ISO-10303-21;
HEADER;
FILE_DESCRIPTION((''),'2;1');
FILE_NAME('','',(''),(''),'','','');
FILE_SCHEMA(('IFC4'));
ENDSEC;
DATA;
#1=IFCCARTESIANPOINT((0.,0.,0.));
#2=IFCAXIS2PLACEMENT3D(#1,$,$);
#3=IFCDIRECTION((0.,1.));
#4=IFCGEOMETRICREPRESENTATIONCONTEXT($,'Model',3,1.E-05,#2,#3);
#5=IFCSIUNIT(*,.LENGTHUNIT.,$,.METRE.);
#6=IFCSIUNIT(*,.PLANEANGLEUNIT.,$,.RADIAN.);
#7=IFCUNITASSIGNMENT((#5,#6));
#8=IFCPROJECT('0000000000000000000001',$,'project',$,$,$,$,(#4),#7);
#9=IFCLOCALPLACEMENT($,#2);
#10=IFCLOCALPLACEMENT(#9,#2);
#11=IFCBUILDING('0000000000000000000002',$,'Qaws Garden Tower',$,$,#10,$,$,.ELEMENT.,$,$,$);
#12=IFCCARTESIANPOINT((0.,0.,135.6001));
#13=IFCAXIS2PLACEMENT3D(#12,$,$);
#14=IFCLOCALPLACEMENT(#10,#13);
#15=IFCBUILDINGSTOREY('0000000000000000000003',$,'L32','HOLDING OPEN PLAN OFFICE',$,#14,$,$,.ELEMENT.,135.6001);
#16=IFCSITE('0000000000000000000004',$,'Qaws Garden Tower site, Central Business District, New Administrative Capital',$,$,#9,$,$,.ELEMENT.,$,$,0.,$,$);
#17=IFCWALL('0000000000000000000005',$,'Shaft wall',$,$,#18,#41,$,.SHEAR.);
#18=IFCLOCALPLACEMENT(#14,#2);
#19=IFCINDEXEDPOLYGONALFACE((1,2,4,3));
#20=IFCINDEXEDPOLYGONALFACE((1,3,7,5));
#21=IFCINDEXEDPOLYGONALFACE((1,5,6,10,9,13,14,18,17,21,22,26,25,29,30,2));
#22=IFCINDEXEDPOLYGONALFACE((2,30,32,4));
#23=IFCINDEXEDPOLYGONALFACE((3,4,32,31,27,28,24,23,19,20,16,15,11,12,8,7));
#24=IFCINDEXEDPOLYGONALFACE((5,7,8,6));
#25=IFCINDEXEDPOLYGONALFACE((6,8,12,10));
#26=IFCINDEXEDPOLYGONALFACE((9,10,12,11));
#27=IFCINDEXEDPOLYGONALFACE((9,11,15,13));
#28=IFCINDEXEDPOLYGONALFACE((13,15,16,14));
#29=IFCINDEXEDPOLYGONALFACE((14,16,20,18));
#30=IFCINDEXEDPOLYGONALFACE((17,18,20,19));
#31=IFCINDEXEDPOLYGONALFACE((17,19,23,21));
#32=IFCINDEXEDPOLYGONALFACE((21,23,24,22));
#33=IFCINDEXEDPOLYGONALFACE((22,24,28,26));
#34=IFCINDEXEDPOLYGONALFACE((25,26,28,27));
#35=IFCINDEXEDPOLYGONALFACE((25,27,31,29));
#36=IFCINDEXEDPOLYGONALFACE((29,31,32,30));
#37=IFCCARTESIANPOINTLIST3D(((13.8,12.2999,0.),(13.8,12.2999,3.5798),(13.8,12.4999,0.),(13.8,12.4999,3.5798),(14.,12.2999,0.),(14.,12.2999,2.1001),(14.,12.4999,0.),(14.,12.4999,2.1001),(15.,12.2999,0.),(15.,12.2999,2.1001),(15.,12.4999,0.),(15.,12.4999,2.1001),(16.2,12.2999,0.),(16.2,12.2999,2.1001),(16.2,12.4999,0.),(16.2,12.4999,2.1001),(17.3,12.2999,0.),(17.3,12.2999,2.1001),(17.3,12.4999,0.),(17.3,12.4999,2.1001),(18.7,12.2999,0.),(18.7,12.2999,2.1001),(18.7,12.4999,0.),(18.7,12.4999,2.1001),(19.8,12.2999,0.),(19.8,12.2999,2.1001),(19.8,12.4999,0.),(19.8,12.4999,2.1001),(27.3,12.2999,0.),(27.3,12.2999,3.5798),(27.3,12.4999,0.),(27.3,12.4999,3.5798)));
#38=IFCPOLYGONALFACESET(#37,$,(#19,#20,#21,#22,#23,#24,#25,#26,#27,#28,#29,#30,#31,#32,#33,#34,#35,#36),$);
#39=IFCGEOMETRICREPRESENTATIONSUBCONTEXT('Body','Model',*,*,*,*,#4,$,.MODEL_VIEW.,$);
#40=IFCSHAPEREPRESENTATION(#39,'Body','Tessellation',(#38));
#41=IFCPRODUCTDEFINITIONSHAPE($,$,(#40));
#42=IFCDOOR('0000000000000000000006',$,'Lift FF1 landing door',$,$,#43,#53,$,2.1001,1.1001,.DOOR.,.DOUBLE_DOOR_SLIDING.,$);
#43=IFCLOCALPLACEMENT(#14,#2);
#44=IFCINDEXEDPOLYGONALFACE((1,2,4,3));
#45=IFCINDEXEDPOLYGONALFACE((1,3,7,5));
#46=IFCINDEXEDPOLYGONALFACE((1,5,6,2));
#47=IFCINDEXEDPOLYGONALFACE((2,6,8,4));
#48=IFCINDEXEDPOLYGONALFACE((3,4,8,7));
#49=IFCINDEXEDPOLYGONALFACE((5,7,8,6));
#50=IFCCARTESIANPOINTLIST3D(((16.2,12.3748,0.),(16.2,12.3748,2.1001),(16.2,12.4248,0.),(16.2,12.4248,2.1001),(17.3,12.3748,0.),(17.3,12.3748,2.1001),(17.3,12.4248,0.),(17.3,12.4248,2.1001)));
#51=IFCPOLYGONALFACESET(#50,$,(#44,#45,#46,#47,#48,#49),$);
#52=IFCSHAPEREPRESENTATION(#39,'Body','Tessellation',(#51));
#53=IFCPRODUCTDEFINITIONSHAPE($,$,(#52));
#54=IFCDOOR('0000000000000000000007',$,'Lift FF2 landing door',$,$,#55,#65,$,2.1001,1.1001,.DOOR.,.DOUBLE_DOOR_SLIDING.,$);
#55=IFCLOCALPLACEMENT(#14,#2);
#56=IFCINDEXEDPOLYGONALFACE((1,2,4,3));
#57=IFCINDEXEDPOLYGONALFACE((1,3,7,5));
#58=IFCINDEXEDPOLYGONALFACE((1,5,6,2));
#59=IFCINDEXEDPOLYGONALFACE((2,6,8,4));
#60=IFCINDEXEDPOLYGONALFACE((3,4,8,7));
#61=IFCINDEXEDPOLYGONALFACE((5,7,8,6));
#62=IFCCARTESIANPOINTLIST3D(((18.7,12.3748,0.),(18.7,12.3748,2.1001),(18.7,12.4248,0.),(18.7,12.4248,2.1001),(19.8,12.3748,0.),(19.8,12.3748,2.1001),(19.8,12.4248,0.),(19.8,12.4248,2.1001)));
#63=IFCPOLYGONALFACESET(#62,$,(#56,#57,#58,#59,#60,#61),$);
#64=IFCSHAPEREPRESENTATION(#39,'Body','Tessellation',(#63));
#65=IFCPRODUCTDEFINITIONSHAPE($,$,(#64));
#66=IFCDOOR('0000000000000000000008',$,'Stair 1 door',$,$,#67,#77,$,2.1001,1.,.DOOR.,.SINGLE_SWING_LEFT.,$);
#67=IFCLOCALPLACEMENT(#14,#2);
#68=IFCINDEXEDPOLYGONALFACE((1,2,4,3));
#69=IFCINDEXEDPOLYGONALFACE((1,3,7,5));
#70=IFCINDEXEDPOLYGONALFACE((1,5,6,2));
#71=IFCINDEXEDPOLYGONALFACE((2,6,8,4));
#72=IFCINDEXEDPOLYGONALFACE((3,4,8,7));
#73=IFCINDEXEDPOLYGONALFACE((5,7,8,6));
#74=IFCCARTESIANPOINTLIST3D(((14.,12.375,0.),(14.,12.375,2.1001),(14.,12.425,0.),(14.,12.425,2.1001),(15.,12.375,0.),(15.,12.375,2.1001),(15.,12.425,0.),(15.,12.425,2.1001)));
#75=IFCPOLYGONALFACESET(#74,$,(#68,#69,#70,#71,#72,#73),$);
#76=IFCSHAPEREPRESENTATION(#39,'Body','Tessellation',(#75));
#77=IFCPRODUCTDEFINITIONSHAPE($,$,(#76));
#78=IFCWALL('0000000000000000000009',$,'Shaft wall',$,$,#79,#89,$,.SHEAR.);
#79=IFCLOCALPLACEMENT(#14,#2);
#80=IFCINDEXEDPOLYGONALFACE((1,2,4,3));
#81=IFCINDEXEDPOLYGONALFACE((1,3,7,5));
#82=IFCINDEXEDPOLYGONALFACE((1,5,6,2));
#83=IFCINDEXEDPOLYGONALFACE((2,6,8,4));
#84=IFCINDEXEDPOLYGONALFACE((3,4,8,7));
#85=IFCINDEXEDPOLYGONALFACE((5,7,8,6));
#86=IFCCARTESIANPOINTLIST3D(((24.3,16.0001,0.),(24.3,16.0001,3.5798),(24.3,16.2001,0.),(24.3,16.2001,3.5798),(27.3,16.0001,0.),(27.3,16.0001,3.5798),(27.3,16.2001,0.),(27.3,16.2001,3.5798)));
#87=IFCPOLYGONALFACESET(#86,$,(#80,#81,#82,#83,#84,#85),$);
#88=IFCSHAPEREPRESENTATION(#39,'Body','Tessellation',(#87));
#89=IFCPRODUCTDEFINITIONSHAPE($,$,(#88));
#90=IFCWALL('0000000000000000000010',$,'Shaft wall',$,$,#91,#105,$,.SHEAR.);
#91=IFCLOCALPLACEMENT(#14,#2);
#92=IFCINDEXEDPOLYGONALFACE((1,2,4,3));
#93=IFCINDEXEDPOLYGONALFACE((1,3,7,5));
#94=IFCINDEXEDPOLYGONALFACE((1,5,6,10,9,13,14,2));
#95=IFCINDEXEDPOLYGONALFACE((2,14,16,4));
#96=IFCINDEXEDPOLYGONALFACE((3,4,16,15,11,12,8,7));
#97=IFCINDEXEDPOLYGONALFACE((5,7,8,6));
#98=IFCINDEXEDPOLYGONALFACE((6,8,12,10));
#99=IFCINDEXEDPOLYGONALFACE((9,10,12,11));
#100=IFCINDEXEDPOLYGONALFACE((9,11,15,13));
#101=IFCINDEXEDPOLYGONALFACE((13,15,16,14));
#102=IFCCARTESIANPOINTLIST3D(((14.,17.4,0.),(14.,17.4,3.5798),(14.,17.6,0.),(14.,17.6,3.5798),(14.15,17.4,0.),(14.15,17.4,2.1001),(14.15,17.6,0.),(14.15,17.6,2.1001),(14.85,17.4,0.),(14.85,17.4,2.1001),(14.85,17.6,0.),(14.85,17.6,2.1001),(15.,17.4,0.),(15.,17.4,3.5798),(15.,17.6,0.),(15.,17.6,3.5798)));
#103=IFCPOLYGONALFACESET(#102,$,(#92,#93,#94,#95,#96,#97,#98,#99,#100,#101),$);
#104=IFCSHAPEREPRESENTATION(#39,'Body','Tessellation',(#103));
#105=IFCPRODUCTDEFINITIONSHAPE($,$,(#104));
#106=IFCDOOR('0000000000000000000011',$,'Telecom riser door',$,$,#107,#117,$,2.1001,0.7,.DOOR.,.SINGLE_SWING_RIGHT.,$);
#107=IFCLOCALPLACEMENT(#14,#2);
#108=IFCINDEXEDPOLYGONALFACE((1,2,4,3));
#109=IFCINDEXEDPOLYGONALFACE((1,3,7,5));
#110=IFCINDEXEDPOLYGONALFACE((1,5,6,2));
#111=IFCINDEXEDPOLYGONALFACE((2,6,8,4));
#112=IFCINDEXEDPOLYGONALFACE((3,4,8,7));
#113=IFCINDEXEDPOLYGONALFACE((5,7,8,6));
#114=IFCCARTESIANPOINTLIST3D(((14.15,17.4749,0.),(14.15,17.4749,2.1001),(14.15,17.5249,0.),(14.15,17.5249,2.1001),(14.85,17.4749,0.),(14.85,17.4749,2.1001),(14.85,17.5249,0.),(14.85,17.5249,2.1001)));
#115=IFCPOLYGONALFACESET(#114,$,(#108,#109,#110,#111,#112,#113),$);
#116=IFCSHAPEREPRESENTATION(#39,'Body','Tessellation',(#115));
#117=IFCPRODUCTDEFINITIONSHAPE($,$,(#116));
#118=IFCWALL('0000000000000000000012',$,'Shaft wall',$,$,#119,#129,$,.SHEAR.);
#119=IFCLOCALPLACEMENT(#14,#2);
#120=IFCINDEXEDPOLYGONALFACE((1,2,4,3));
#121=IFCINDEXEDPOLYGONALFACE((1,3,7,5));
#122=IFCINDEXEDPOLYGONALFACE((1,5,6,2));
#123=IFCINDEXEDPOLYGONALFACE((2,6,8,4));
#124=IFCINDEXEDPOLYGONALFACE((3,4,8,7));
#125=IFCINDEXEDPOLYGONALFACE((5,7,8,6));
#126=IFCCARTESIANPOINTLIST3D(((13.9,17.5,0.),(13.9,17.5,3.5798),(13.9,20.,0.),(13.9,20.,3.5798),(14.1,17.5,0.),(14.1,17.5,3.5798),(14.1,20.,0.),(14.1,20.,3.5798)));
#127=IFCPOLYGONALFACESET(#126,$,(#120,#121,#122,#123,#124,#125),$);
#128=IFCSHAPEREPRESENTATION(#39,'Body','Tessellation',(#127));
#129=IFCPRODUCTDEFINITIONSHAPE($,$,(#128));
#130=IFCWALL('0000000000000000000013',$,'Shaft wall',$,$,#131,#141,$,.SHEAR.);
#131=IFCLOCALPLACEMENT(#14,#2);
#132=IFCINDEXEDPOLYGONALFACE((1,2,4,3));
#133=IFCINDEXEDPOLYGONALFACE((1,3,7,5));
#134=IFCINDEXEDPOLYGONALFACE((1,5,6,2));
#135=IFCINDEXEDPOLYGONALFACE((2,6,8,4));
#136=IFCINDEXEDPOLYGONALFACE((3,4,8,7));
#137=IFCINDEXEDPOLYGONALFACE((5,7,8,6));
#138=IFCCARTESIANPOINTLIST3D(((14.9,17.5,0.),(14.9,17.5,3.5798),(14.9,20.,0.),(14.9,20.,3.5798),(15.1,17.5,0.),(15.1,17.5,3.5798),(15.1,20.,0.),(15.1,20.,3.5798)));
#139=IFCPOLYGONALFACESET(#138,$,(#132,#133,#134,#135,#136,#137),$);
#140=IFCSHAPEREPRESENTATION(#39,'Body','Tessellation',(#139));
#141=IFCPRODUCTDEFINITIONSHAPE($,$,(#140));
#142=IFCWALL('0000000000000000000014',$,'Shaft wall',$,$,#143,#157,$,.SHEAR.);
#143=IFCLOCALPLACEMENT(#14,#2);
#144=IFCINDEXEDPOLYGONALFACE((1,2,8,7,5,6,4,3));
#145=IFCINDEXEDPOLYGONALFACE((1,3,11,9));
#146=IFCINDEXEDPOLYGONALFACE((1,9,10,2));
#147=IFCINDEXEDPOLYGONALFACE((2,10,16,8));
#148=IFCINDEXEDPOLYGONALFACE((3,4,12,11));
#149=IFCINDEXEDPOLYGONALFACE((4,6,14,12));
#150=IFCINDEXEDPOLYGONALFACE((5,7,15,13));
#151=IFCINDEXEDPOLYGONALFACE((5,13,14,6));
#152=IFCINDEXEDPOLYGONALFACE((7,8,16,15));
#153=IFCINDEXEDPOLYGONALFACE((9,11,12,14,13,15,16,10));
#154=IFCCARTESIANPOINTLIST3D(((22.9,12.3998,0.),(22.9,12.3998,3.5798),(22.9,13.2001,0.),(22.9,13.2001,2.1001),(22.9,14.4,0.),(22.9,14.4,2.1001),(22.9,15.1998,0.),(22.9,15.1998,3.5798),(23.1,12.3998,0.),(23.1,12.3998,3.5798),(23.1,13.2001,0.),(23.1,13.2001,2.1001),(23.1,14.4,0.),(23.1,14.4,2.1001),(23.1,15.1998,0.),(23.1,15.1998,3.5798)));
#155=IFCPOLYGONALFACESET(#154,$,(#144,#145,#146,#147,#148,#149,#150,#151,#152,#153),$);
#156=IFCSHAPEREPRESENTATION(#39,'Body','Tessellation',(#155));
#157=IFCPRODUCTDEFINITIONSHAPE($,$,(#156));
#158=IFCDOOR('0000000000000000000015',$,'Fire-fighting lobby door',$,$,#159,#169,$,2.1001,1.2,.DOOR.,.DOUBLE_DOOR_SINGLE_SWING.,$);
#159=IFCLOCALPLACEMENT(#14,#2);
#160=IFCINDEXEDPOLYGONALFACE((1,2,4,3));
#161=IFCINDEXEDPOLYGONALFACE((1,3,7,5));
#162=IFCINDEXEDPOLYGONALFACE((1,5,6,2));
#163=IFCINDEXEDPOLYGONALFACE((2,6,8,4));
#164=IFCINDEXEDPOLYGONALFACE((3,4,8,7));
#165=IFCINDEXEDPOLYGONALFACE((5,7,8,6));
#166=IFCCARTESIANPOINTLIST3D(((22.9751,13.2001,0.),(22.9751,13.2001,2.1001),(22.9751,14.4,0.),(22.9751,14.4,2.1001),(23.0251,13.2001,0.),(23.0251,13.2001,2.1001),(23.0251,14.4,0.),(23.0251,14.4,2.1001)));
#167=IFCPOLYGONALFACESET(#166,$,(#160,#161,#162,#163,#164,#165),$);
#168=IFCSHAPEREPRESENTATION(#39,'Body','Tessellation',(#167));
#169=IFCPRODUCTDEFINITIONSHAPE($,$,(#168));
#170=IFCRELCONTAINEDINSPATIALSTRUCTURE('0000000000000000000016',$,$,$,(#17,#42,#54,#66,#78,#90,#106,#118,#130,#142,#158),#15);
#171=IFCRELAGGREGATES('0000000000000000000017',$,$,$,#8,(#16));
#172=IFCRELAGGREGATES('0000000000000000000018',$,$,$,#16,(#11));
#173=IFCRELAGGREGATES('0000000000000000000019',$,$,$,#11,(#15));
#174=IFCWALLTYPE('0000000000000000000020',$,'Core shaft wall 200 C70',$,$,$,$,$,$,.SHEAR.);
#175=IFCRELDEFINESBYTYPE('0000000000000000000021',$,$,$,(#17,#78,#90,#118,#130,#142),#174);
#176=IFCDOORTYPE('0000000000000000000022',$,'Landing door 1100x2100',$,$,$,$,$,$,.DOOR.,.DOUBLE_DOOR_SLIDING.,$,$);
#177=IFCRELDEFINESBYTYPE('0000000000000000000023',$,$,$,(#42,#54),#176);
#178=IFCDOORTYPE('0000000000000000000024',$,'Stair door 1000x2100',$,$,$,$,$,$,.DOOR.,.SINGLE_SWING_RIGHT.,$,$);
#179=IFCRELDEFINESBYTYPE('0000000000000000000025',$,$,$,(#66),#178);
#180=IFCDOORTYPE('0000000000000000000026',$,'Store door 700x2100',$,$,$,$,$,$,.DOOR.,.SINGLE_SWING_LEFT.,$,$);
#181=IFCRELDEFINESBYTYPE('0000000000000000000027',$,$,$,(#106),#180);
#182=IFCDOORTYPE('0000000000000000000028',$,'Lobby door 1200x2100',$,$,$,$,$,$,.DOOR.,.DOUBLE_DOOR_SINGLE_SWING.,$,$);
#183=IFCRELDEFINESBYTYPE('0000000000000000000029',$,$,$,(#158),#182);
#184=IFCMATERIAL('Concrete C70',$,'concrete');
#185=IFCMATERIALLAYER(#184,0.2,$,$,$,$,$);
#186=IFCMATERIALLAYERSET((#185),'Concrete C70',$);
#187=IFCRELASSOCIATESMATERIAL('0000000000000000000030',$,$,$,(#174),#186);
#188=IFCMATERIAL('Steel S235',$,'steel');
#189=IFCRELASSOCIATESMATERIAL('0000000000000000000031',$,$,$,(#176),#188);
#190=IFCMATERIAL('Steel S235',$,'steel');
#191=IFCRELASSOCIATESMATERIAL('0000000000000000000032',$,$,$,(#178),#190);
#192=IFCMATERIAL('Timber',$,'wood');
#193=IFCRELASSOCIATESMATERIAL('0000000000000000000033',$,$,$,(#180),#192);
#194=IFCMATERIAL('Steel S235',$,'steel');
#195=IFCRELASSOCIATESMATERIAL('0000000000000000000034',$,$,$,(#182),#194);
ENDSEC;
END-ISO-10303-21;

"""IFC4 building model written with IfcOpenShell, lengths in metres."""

from ifc_helpers import new_model, si_unit, direction, frame, frame_2d, origin, place, context, subcontext, project, spatial, rectangle, extrude, material, layer, layer_set, type_object, element, fill, save


model = new_model("IFC4")

# Units and contexts
model_context = context("Model", 3, precision=1e-05, world=origin(), true_north=direction((0.0, 1.0)))
body_context = subcontext(model_context, "Body", "Model", "MODEL_VIEW")
ifc_project = project(units=[si_unit("LENGTHUNIT", "METRE"), si_unit("PLANEANGLEUNIT", "RADIAN")], contexts=[model_context])

# Site, building, storey
site_placement = place(None, origin())
site = spatial("IfcSite", under=ifc_project, at=site_placement, Name="Qaws Garden Tower site, Central Business District, New Administrative Capital", CompositionType="ELEMENT", RefElevation=0.0)
building_placement = place(site_placement, origin())
building = spatial("IfcBuilding", under=site, at=building_placement, Name="Qaws Garden Tower", CompositionType="ELEMENT")
storey_placement = place(building_placement, frame((0.0, 0.0, 135.6001)))
storey = spatial("IfcBuildingStorey", under=building, at=storey_placement, Name="L32", Description="HOLDING OPEN PLAN OFFICE", CompositionType="ELEMENT", Elevation=135.6001)

# Wall, openings, doors
ifc_material_1 = material(Name="Concrete C70", Category="concrete")
ifc_layer_1 = layer(ifc_material_1, 0.2)
ifc_layer_set_1 = layer_set([ifc_layer_1], Name="Concrete C70")
wall_type_1 = type_object("IfcWallType", Name="Core shaft wall 200 C70", PredefinedType="SHEAR", material=ifc_layer_set_1)
wall_1_placement = place(storey_placement, frame((13.8, 12.3999, 0.0), z_axis=(0.0, 0.0, 1.0), x_axis=(1.0, 0.0, 0.0)))
wall_1 = element("IfcWall", 1, at=wall_1_placement, inside=storey, type_object=wall_type_1, Name="Shaft wall", PredefinedType="SHEAR", context=body_context, shape_type="SweptSolid", body=[
    extrude(rectangle(XDim=13.5, YDim=0.2, at=frame_2d((6.75, 0.0))), origin(), (0.0, 0.0, 1.0), 3.5798),
])
opening_1_placement = place(wall_1_placement, frame((2.3999, 0.0, 0.0)))
opening_1 = element("IfcOpeningElement", 2, at=opening_1_placement, cuts=wall_1, PredefinedType="OPENING", context=body_context, shape_type="SweptSolid", body=[
    extrude(rectangle(XDim=1.1001, YDim=2.1001, at=frame_2d((0.55, 1.05))), frame((0.0, 0.1099, 0.0), z_axis=(0.0, -1.0, 0.0), x_axis=(1.0, 0.0, 0.0)), (0.0, 0.0, 1.0), 0.22),
])
opening_2_placement = place(wall_1_placement, frame((4.8999, 0.0, 0.0)))
opening_2 = element("IfcOpeningElement", 3, at=opening_2_placement, cuts=wall_1, PredefinedType="OPENING", context=body_context, shape_type="SweptSolid", body=[
    extrude(rectangle(XDim=1.1001, YDim=2.1001, at=frame_2d((0.55, 1.05))), frame((0.0, 0.1099, 0.0), z_axis=(0.0, -1.0, 0.0), x_axis=(1.0, 0.0, 0.0)), (0.0, 0.0, 1.0), 0.22),
])
opening_3_placement = place(wall_1_placement, frame((0.2, 0.0, 0.0)))
opening_3 = element("IfcOpeningElement", 4, at=opening_3_placement, cuts=wall_1, PredefinedType="OPENING", context=body_context, shape_type="SweptSolid", body=[
    extrude(rectangle(XDim=1.0, YDim=2.1001, at=frame_2d((0.5, 1.05))), frame((0.0, 0.1099, 0.0), z_axis=(0.0, -1.0, 0.0), x_axis=(1.0, 0.0, 0.0)), (0.0, 0.0, 1.0), 0.22),
])
ifc_material_2 = material(Name="Steel S235", Category="steel")
door_type_1 = type_object("IfcDoorType", Name="Landing door 1100x2100", OperationType="DOUBLE_DOOR_SLIDING", PredefinedType="DOOR", material=ifc_material_2)
door_1_placement = place(opening_1_placement, origin())
door_1 = element("IfcDoor", 5, at=door_1_placement, inside=storey, type_object=door_type_1, Name="Lift FF1 landing door", OperationType="DOUBLE_DOOR_SLIDING", OverallHeight=2.1001, OverallWidth=1.1001, PredefinedType="DOOR", context=body_context, shape_type="SweptSolid", body=[
    extrude(rectangle(XDim=1.1001, YDim=2.1001, at=frame_2d((0.55, 1.05))), frame((0.0, 0.0249, 0.0), z_axis=(0.0, -1.0, 0.0), x_axis=(1.0, 0.0, 0.0)), (0.0, 0.0, 1.0), 0.05),
])
fill(opening_1, door_1)
door_2_placement = place(opening_2_placement, origin())
door_2 = element("IfcDoor", 6, at=door_2_placement, inside=storey, type_object=door_type_1, Name="Lift FF2 landing door", OperationType="DOUBLE_DOOR_SLIDING", OverallHeight=2.1001, OverallWidth=1.1001, PredefinedType="DOOR", context=body_context, shape_type="SweptSolid", body=[
    extrude(rectangle(XDim=1.1001, YDim=2.1001, at=frame_2d((0.55, 1.05))), frame((0.0, 0.0249, 0.0), z_axis=(0.0, -1.0, 0.0), x_axis=(1.0, 0.0, 0.0)), (0.0, 0.0, 1.0), 0.05),
])
fill(opening_2, door_2)
ifc_material_3 = material(Name="Steel S235", Category="steel")
door_type_2 = type_object("IfcDoorType", Name="Stair door 1000x2100", OperationType="SINGLE_SWING_RIGHT", PredefinedType="DOOR", material=ifc_material_3)
door_3_placement = place(opening_3_placement, frame((1.0, 0.0, 0.0), z_axis=(0.0, 0.0, 1.0), x_axis=(-1.0, 0.0, 0.0)))
door_3 = element("IfcDoor", 7, at=door_3_placement, inside=storey, type_object=door_type_2, Name="Stair 1 door", OperationType="SINGLE_SWING_LEFT", OverallHeight=2.1001, OverallWidth=1.0, PredefinedType="DOOR", context=body_context, shape_type="SweptSolid", body=[
    extrude(rectangle(XDim=1.0, YDim=2.1001, at=frame_2d((0.5, 1.05))), frame((0.0, 0.0249, 0.0), z_axis=(0.0, -1.0, 0.0), x_axis=(1.0, 0.0, 0.0)), (0.0, 0.0, 1.0), 0.05),
])
fill(opening_3, door_3)

# Wall
wall_2_placement = place(storey_placement, frame((24.3, 16.1001, 0.0), z_axis=(0.0, 0.0, 1.0), x_axis=(1.0, 0.0, 0.0)))
element("IfcWall", 8, at=wall_2_placement, inside=storey, type_object=wall_type_1, Name="Shaft wall", PredefinedType="SHEAR", context=body_context, shape_type="SweptSolid", body=[
    extrude(rectangle(XDim=3.0, YDim=0.2, at=frame_2d((1.5, 0.0))), origin(), (0.0, 0.0, 1.0), 3.5798),
])

# Wall, opening, door
wall_3_placement = place(storey_placement, frame((14.0, 17.5, 0.0), z_axis=(0.0, 0.0, 1.0), x_axis=(1.0, 0.0, 0.0)))
wall_3 = element("IfcWall", 9, at=wall_3_placement, inside=storey, type_object=wall_type_1, Name="Shaft wall", PredefinedType="SHEAR", context=body_context, shape_type="SweptSolid", body=[
    extrude(rectangle(XDim=1.0, YDim=0.2, at=frame_2d((0.5, 0.0))), origin(), (0.0, 0.0, 1.0), 3.5798),
])
opening_4_placement = place(wall_3_placement, frame((0.1499, 0.0, 0.0)))
opening_4 = element("IfcOpeningElement", 10, at=opening_4_placement, cuts=wall_3, PredefinedType="OPENING", context=body_context, shape_type="SweptSolid", body=[
    extrude(rectangle(XDim=0.7, YDim=2.1001, at=frame_2d((0.3501, 1.05))), frame((0.0, 0.1099, 0.0), z_axis=(0.0, -1.0, 0.0), x_axis=(1.0, 0.0, 0.0)), (0.0, 0.0, 1.0), 0.22),
])
ifc_material_4 = material(Name="Timber", Category="wood")
door_type_3 = type_object("IfcDoorType", Name="Store door 700x2100", OperationType="SINGLE_SWING_LEFT", PredefinedType="DOOR", material=ifc_material_4)
door_4_placement = place(opening_4_placement, origin())
door_4 = element("IfcDoor", 11, at=door_4_placement, inside=storey, type_object=door_type_3, Name="Telecom riser door", OperationType="SINGLE_SWING_RIGHT", OverallHeight=2.1001, OverallWidth=0.7, PredefinedType="DOOR", context=body_context, shape_type="SweptSolid", body=[
    extrude(rectangle(XDim=0.7, YDim=2.1001, at=frame_2d((0.3501, 1.05))), frame((0.0, 0.0249, 0.0), z_axis=(0.0, -1.0, 0.0), x_axis=(1.0, 0.0, 0.0)), (0.0, 0.0, 1.0), 0.05),
])
fill(opening_4, door_4)

# Walls
for number, where, z_axis, x_axis, name in (
    (12, (14.0, 17.5, 0.0), (0.0, 0.0, 1.0), (0.0, 1.0, 0.0), "Shaft wall"),
    (13, (15.0, 17.5, 0.0), (0.0, 0.0, 1.0), (0.0, 1.0, 0.0), "Shaft wall"),
):
    element("IfcWall", number, at=place(storey_placement, frame(where, z_axis=z_axis, x_axis=x_axis)), inside=storey, type_object=wall_type_1, Name=name, PredefinedType="SHEAR", context=body_context, shape_type="SweptSolid", body=[
        extrude(rectangle(XDim=2.5, YDim=0.2, at=frame_2d((1.25, 0.0))), origin(), (0.0, 0.0, 1.0), 3.5798),
    ])

# Wall, opening, door
wall_4_placement = place(storey_placement, frame((23.0, 12.3999, 0.0), z_axis=(0.0, 0.0, 1.0), x_axis=(0.0, 1.0, 0.0)))
wall_4 = element("IfcWall", 14, at=wall_4_placement, inside=storey, type_object=wall_type_1, Name="Shaft wall", PredefinedType="SHEAR", context=body_context, shape_type="SweptSolid", body=[
    extrude(rectangle(XDim=2.8, YDim=0.2, at=frame_2d((1.3999, 0.0))), origin(), (0.0, 0.0, 1.0), 3.5798),
])
opening_5_placement = place(wall_4_placement, frame((0.8, 0.0, 0.0)))
opening_5 = element("IfcOpeningElement", 15, at=opening_5_placement, cuts=wall_4, PredefinedType="OPENING", context=body_context, shape_type="SweptSolid", body=[
    extrude(rectangle(XDim=1.2, YDim=2.1001, at=frame_2d((0.6001, 1.05))), frame((0.0, 0.1099, 0.0), z_axis=(0.0, -1.0, 0.0), x_axis=(1.0, 0.0, 0.0)), (0.0, 0.0, 1.0), 0.22),
])
ifc_material_5 = material(Name="Steel S235", Category="steel")
door_type_4 = type_object("IfcDoorType", Name="Lobby door 1200x2100", OperationType="DOUBLE_DOOR_SINGLE_SWING", PredefinedType="DOOR", material=ifc_material_5)
door_5_placement = place(opening_5_placement, origin())
door_5 = element("IfcDoor", 16, at=door_5_placement, inside=storey, type_object=door_type_4, Name="Fire-fighting lobby door", OperationType="DOUBLE_DOOR_SINGLE_SWING", OverallHeight=2.1001, OverallWidth=1.2, PredefinedType="DOOR", context=body_context, shape_type="SweptSolid", body=[
    extrude(rectangle(XDim=1.2, YDim=2.1001, at=frame_2d((0.6001, 1.05))), frame((0.0, 0.0249, 0.0), z_axis=(0.0, -1.0, 0.0), x_axis=(1.0, 0.0, 0.0)), (0.0, 0.0, 1.0), 0.05),
])
fill(opening_5, door_5)

save(model, "model.ifc")
